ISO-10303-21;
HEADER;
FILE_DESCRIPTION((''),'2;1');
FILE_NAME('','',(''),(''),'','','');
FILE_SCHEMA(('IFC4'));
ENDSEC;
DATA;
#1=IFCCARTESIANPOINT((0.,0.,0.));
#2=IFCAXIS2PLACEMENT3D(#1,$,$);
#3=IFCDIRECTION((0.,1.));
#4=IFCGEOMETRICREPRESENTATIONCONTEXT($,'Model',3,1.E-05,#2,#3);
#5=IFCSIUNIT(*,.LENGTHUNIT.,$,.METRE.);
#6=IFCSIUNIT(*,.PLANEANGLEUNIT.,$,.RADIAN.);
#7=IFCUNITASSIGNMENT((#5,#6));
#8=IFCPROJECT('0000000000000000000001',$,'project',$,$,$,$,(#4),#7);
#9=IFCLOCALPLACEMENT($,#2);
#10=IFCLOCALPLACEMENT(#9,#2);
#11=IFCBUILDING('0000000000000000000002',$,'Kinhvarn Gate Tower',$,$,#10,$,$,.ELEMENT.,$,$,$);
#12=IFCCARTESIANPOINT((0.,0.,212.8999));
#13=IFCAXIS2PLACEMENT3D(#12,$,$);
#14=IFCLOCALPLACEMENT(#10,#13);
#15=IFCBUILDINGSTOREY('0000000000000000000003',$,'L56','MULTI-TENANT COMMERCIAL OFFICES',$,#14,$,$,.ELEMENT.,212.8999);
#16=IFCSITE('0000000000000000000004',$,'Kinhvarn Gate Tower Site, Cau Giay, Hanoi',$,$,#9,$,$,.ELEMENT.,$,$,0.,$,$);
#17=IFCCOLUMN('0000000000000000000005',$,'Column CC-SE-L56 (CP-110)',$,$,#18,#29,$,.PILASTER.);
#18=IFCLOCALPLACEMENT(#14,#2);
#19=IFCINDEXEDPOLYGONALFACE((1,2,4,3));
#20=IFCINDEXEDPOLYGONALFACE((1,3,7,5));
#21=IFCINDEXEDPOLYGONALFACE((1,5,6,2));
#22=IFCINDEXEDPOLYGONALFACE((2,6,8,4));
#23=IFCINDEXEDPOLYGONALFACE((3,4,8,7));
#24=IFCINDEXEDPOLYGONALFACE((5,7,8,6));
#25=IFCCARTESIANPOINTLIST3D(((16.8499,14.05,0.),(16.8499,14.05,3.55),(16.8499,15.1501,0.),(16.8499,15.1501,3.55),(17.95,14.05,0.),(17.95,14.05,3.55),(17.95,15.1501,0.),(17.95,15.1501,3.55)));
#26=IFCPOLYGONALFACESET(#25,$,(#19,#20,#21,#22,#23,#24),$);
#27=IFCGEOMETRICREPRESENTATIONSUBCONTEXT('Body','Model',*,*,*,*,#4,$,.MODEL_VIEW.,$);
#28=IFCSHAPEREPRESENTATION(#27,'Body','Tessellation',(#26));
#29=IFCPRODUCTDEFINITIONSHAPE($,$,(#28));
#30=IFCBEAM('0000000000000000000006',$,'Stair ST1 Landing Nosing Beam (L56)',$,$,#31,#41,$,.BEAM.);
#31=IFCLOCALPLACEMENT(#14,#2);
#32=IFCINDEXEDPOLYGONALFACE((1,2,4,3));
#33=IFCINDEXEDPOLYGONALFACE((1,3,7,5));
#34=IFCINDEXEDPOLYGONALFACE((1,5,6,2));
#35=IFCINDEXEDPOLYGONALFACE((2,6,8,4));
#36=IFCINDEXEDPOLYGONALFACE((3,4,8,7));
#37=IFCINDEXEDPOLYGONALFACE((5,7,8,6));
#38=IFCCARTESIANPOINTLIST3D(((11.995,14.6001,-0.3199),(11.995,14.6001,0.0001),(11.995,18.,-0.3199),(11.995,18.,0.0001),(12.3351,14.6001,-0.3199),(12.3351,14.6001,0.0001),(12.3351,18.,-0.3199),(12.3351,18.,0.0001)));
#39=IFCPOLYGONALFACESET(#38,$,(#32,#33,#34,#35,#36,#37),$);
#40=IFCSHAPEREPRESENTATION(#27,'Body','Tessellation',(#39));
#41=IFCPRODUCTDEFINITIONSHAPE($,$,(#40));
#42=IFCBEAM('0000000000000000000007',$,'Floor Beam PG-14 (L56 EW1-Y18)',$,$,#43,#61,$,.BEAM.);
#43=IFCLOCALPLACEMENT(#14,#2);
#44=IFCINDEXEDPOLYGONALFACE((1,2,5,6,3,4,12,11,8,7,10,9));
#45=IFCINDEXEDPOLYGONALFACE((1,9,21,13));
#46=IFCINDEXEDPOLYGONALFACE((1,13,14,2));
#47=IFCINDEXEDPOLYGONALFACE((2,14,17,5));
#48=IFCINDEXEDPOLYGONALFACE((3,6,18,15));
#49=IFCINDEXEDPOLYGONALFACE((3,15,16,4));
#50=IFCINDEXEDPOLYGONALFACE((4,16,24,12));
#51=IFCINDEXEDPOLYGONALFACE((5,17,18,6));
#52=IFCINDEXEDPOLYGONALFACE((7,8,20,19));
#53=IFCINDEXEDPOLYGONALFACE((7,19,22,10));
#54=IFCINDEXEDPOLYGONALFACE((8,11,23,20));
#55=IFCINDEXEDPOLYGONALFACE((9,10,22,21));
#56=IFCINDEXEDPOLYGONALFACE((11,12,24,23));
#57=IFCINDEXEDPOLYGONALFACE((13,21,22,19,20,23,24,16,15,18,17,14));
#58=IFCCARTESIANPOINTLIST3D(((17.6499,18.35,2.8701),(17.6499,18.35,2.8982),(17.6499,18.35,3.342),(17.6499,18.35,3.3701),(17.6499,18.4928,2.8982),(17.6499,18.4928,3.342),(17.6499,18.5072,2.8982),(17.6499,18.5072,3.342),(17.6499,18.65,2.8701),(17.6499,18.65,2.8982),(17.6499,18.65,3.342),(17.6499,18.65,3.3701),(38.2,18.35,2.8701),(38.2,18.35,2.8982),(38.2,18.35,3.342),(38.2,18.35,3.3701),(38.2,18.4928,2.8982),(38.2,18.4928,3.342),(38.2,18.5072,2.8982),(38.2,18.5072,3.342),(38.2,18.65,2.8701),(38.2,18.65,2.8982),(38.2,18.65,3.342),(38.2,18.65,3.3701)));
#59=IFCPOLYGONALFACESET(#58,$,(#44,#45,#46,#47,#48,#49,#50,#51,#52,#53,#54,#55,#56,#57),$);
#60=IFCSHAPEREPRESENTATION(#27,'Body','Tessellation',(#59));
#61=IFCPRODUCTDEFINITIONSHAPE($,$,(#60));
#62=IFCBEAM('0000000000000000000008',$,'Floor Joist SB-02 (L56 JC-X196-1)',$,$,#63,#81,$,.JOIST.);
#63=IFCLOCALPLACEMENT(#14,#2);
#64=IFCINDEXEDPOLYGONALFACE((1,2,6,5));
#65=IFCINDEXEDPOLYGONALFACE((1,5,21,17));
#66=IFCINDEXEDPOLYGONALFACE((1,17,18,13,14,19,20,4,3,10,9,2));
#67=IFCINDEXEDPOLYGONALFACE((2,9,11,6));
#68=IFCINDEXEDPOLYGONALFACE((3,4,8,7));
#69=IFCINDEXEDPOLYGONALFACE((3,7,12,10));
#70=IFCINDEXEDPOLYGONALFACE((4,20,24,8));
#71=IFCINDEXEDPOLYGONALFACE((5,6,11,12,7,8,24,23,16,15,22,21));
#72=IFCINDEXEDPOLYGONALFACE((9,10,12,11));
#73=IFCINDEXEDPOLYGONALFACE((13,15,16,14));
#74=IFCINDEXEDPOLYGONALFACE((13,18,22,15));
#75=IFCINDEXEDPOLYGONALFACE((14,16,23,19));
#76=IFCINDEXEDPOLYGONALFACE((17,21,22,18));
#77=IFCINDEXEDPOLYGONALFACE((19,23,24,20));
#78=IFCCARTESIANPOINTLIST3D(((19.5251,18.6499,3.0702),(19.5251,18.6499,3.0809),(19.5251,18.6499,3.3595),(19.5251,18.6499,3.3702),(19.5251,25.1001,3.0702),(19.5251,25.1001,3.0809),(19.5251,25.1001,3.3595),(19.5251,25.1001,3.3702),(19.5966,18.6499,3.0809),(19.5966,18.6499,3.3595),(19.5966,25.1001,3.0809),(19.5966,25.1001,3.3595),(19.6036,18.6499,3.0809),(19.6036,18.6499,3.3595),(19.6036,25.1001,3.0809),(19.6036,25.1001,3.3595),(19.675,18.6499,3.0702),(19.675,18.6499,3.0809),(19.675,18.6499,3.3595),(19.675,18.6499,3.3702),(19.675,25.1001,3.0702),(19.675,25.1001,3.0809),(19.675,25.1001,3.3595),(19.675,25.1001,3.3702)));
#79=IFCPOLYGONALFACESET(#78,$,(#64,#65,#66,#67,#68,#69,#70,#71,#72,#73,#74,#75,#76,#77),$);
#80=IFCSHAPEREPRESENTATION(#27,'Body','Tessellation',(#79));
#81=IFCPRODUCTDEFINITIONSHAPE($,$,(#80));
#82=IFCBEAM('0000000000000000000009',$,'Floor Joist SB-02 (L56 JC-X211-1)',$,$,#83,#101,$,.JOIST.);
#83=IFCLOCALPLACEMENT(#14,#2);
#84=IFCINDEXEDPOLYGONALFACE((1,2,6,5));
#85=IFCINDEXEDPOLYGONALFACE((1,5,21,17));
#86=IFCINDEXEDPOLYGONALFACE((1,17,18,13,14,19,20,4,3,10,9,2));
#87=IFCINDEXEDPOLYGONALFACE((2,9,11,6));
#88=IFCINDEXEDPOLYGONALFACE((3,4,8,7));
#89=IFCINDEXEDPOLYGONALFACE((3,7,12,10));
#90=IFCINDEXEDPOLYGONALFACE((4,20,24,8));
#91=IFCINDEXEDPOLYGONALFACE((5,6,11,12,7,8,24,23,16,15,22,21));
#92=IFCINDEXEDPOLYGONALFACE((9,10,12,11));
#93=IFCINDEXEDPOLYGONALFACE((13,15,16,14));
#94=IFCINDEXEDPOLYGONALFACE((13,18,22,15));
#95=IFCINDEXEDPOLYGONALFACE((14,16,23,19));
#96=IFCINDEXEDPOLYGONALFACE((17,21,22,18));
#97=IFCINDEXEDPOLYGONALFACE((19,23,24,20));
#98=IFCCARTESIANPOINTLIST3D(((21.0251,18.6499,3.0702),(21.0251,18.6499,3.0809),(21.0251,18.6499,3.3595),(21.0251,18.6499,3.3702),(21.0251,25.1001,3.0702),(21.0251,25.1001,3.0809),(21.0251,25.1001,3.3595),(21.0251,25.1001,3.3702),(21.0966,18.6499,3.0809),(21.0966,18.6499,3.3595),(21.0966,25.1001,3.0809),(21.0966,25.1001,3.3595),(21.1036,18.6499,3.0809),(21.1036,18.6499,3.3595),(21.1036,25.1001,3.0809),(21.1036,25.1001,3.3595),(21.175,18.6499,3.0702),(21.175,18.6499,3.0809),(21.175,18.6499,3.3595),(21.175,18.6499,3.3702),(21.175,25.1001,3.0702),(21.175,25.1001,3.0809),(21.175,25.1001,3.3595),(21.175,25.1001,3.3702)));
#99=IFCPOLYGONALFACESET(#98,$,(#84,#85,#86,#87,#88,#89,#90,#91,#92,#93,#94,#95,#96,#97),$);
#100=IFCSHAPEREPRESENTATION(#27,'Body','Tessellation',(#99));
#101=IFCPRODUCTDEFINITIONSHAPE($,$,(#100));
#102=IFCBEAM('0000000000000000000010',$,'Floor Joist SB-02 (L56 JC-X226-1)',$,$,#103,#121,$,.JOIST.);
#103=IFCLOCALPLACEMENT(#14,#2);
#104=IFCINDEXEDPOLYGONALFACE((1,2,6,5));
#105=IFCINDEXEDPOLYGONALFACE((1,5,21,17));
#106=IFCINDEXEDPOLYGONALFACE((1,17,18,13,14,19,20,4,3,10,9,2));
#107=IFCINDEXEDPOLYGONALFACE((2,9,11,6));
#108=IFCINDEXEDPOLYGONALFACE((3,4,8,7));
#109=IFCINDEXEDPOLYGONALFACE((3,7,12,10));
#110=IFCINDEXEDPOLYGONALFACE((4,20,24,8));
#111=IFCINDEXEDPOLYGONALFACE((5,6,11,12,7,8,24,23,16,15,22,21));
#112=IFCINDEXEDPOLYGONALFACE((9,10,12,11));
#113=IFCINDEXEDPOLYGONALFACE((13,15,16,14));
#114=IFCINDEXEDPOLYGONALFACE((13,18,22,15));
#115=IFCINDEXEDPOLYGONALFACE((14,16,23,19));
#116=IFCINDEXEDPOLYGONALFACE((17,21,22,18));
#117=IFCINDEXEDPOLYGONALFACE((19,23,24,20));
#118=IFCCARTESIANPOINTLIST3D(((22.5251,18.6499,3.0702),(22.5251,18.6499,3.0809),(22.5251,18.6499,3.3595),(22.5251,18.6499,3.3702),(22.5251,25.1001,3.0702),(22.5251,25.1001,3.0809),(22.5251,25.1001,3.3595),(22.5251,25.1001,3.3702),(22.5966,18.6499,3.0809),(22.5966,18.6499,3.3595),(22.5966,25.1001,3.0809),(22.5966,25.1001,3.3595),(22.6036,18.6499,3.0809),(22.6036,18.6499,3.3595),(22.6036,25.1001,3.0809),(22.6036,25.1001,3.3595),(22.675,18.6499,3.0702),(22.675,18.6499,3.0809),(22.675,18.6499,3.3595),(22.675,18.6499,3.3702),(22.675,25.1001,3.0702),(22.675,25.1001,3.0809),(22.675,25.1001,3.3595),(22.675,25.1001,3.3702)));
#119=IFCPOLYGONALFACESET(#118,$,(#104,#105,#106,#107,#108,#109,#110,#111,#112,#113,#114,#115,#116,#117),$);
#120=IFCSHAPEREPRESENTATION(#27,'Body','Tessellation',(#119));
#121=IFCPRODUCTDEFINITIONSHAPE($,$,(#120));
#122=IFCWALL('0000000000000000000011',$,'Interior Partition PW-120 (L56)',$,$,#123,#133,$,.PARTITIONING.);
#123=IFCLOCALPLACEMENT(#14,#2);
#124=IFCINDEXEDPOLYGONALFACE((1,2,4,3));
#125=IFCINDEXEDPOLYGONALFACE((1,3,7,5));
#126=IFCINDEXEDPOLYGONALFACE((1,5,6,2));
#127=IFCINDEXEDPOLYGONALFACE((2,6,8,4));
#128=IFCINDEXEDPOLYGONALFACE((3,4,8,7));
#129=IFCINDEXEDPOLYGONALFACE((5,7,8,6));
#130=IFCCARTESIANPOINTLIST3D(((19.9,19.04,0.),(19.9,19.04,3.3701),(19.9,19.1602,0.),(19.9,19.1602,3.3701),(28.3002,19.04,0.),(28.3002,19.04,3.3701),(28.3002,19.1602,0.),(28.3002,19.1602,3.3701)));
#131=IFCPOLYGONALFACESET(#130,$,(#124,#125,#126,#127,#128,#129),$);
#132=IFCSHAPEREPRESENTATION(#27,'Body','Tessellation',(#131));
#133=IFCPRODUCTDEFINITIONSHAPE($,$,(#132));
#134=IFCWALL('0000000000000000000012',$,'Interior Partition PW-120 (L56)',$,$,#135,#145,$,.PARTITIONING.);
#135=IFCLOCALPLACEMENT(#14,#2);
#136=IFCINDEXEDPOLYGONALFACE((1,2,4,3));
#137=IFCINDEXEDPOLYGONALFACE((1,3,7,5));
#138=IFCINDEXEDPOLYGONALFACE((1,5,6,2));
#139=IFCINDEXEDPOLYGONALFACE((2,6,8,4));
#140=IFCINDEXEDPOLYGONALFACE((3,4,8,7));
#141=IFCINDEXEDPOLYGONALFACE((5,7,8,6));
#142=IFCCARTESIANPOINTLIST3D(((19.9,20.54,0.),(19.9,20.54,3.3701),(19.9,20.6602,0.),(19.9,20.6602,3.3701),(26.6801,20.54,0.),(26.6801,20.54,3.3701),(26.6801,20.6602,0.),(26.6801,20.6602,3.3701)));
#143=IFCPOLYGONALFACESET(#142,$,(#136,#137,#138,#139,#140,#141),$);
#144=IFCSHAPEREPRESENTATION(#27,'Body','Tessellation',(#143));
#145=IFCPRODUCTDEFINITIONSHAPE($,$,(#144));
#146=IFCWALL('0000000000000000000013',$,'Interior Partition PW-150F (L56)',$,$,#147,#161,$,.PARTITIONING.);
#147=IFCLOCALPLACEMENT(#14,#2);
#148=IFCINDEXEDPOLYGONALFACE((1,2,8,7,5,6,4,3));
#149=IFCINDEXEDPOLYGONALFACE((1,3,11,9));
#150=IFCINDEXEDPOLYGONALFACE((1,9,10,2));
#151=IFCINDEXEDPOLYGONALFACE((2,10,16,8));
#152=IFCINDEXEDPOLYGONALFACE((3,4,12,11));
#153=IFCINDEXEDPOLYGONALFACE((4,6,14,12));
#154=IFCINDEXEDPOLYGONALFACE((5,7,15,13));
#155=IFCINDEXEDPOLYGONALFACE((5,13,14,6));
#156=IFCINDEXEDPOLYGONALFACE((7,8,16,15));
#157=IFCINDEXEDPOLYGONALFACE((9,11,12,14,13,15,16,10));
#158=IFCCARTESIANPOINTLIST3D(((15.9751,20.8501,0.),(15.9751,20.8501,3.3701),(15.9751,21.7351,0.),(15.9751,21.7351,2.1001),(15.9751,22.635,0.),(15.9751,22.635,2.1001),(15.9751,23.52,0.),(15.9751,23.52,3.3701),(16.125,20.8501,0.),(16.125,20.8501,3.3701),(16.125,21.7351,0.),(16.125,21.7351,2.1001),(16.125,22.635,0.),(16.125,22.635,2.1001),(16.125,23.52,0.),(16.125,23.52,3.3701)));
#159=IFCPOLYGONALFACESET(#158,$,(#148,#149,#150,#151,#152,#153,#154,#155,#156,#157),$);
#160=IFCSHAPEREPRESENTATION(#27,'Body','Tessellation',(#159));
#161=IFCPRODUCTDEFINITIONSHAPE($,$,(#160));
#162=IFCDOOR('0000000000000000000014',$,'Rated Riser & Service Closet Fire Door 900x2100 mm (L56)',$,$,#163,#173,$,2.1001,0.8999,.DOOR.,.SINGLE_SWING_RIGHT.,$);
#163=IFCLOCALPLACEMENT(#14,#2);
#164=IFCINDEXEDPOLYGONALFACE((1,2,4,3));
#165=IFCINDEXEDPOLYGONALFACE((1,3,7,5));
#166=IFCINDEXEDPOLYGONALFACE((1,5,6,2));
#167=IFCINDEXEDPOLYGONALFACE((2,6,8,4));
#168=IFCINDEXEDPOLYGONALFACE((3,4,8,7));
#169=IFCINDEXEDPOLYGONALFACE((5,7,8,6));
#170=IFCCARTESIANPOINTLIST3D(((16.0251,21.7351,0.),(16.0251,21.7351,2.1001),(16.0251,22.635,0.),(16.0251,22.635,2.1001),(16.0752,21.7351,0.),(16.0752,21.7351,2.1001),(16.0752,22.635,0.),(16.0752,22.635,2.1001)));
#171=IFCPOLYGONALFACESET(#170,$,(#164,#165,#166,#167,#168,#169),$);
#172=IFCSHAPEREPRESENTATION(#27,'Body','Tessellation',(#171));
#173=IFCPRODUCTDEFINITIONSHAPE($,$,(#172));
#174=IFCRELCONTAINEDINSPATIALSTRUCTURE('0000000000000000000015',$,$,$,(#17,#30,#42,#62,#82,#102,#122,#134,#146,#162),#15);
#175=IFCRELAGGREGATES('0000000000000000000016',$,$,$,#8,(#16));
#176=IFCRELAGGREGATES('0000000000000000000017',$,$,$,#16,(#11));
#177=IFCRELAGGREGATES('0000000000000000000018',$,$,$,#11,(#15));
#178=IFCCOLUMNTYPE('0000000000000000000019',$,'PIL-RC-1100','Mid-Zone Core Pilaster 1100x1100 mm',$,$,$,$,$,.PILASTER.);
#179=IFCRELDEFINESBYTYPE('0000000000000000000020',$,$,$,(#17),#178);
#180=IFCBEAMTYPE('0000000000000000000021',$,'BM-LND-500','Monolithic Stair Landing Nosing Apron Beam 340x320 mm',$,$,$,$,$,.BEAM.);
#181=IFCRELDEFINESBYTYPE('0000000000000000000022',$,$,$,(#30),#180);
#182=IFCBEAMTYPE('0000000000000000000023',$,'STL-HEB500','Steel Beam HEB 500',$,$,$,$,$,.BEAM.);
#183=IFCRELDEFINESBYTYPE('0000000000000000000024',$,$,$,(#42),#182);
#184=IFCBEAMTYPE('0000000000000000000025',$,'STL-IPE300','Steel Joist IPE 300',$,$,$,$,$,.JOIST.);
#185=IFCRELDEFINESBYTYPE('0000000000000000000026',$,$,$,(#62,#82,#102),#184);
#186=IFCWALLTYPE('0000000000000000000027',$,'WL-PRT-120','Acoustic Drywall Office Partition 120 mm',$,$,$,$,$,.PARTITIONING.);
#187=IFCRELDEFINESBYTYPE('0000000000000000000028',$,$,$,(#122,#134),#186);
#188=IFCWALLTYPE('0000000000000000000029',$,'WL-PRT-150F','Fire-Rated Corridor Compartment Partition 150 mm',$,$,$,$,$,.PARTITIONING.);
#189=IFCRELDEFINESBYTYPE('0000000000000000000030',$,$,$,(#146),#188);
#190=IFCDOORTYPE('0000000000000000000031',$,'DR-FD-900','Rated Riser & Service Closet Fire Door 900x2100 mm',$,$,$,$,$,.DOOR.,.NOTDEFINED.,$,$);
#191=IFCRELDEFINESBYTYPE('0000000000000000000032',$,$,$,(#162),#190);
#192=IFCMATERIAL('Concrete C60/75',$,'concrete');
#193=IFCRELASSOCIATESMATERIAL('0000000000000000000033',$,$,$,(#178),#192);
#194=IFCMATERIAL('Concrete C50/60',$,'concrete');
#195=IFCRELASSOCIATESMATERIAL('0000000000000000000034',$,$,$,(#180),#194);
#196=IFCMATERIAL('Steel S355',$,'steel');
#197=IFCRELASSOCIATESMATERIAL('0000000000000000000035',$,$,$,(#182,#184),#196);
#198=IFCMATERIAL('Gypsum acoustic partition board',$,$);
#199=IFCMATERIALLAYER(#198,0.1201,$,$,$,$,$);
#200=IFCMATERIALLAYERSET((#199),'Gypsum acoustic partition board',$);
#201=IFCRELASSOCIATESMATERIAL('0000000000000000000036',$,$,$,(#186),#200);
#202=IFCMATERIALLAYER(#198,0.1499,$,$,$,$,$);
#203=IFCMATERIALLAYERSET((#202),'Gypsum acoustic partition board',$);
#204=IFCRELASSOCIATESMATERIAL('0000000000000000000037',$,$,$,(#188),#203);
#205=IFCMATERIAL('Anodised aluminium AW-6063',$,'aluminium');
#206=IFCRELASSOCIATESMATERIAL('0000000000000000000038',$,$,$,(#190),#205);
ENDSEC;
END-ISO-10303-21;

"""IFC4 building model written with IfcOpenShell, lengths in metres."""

from ifc_helpers import new_model, si_unit, direction, frame, frame_2d, origin, origin_2d, place, context, subcontext, project, spatial, rectangle, i_section, extrude, material, layer, layer_set, material_profile, profile_set, type_object, element, fill, save


model = new_model("IFC4")

# Units and contexts
model_context = context("Model", 3, precision=1e-05, world=origin(), true_north=direction((0.0, 1.0)))
body_context = subcontext(model_context, "Body", "Model", "MODEL_VIEW")
ifc_project = project(units=[si_unit("LENGTHUNIT", "METRE"), si_unit("PLANEANGLEUNIT", "RADIAN")], contexts=[model_context])

# Site, building, storey
site_placement = place(None, origin())
site = spatial("IfcSite", under=ifc_project, at=site_placement, Name="Kinhvarn Gate Tower Site, Cau Giay, Hanoi", CompositionType="ELEMENT", RefElevation=0.0)
building_placement = place(site_placement, origin())
building = spatial("IfcBuilding", under=site, at=building_placement, Name="Kinhvarn Gate Tower", CompositionType="ELEMENT")
storey_placement = place(building_placement, frame((0.0, 0.0, 212.8999)))
storey = spatial("IfcBuildingStorey", under=building, at=storey_placement, Name="L56", Description="MULTI-TENANT COMMERCIAL OFFICES", CompositionType="ELEMENT", Elevation=212.8999)

# Column
ifc_material_1 = material(Name="Concrete C60/75", Category="concrete")
ifc_material_profile_1 = material_profile(ifc_material_1, rectangle(XDim=1.1001, YDim=1.1001, at=origin_2d()), Name="RC 1100x1100")
ifc_profile_set_1 = profile_set([ifc_material_profile_1], Name="Concrete C60/75")
column_type = type_object("IfcColumnType", Name="PIL-RC-1100", Description="Mid-Zone Core Pilaster 1100x1100 mm", PredefinedType="PILASTER", material=ifc_profile_set_1)
column_placement = place(storey_placement, frame((17.3999, 14.6001, 0.0), z_axis=(0.0, 0.0, 1.0), x_axis=(1.0, 0.0, 0.0)))
element("IfcColumn", 1, at=column_placement, inside=storey, type_object=column_type, Name="Column CC-SE-L56 (CP-110)", PredefinedType="PILASTER", context=body_context, shape_type="SweptSolid", body=[
    extrude(rectangle(XDim=1.1001, YDim=1.1001, at=origin_2d()), origin(), (0.0, 0.0, 1.0), 3.55),
])

# Beams
ifc_material_2 = material(Name="Concrete C50/60", Category="concrete")
ifc_material_profile_2 = material_profile(ifc_material_2, rectangle(XDim=0.3401, YDim=0.3201, at=origin_2d()), Name="RC 340x320")
ifc_profile_set_2 = profile_set([ifc_material_profile_2], Name="Concrete C50/60")
beam_type_1 = type_object("IfcBeamType", Name="BM-LND-500", Description="Monolithic Stair Landing Nosing Apron Beam 340x320 mm", PredefinedType="BEAM", material=ifc_profile_set_2)
beam_1_placement = place(storey_placement, frame((12.165, 14.6001, -0.1599), z_axis=(0.0, 1.0, 0.0), x_axis=(-1.0, 0.0, 0.0)))
element("IfcBeam", 2, at=beam_1_placement, inside=storey, type_object=beam_type_1, Name="Stair ST1 Landing Nosing Beam (L56)", PredefinedType="BEAM", context=body_context, shape_type="SweptSolid", body=[
    extrude(rectangle(XDim=0.3401, YDim=0.3201, at=origin_2d()), origin(), (0.0, 0.0, 1.0), 3.3999),
])
ifc_material_3 = material(Name="Steel S355", Category="steel")
ifc_material_profile_3 = material_profile(ifc_material_3, i_section(OverallWidth=0.3, OverallDepth=0.5, WebThickness=0.0144, FlangeThickness=0.0281, at=origin_2d()), Name="HEB 500")
ifc_profile_set_3 = profile_set([ifc_material_profile_3], Name="Steel S355")
beam_type_2 = type_object("IfcBeamType", Name="STL-HEB500", Description="Steel Beam HEB 500", PredefinedType="BEAM", material=ifc_profile_set_3)
beam_2_placement = place(storey_placement, frame((17.6499, 18.5, 3.1201), z_axis=(1.0, 0.0, 0.0), x_axis=(0.0, 1.0, 0.0)))
element("IfcBeam", 3, at=beam_2_placement, inside=storey, type_object=beam_type_2, Name="Floor Beam PG-14 (L56 EW1-Y18)", PredefinedType="BEAM", context=body_context, shape_type="SweptSolid", body=[
    extrude(i_section(OverallWidth=0.3, OverallDepth=0.5, WebThickness=0.0144, FlangeThickness=0.0281, at=origin_2d()), origin(), (0.0, 0.0, 1.0), 20.55),
])
ifc_material_profile_4 = material_profile(ifc_material_3, i_section(OverallWidth=0.1499, OverallDepth=0.3, WebThickness=0.0071, FlangeThickness=0.0107, at=origin_2d()), Name="IPE 300")
ifc_profile_set_4 = profile_set([ifc_material_profile_4], Name="Steel S355")
beam_type_3 = type_object("IfcBeamType", Name="STL-IPE300", Description="Steel Joist IPE 300", PredefinedType="JOIST", material=ifc_profile_set_4)
for number, where, z_axis, x_axis, name in (
    (4, (19.6001, 18.6499, 3.2202), (0.0, 1.0, 0.0), (-1.0, 0.0, 0.0), "Floor Joist SB-02 (L56 JC-X196-1)"),
    (5, (21.1001, 18.6499, 3.2202), (0.0, 1.0, 0.0), (-1.0, 0.0, 0.0), "Floor Joist SB-02 (L56 JC-X211-1)"),
    (6, (22.6001, 18.6499, 3.2202), (0.0, 1.0, 0.0), (-1.0, 0.0, 0.0), "Floor Joist SB-02 (L56 JC-X226-1)"),
):
    element("IfcBeam", number, at=place(storey_placement, frame(where, z_axis=z_axis, x_axis=x_axis)), inside=storey, type_object=beam_type_3, Name=name, PredefinedType="JOIST", context=body_context, shape_type="SweptSolid", body=[
        extrude(i_section(OverallWidth=0.1499, OverallDepth=0.3, WebThickness=0.0071, FlangeThickness=0.0107, at=origin_2d()), origin(), (0.0, 0.0, 1.0), 6.4502),
    ])

# Shared definitions
ifc_material_4 = material(Name="Anodised aluminium AW-6063", Category="aluminium")

# Walls
ifc_material_5 = material(Name="Gypsum acoustic partition board")
ifc_layer_1 = layer(ifc_material_5, 0.1201)
ifc_layer_set_1 = layer_set([ifc_layer_1], Name="Gypsum acoustic partition board")
wall_type_1 = type_object("IfcWallType", Name="WL-PRT-120", Description="Acoustic Drywall Office Partition 120 mm", PredefinedType="PARTITIONING", material=ifc_layer_set_1)
wall_1_placement = place(storey_placement, frame((19.8999, 19.1001, 0.0), z_axis=(0.0, 0.0, 1.0), x_axis=(1.0, 0.0, 0.0)))
element("IfcWall", 7, at=wall_1_placement, inside=storey, type_object=wall_type_1, Name="Interior Partition PW-120 (L56)", PredefinedType="PARTITIONING", context=body_context, shape_type="SweptSolid", body=[
    extrude(rectangle(XDim=8.4001, YDim=0.1201, at=frame_2d((4.2002, 0.0))), origin(), (0.0, 0.0, 1.0), 3.3701),
])
wall_2_placement = place(storey_placement, frame((19.8999, 20.6001, 0.0), z_axis=(0.0, 0.0, 1.0), x_axis=(1.0, 0.0, 0.0)))
element("IfcWall", 8, at=wall_2_placement, inside=storey, type_object=wall_type_1, Name="Interior Partition PW-120 (L56)", PredefinedType="PARTITIONING", context=body_context, shape_type="SweptSolid", body=[
    extrude(rectangle(XDim=6.78, YDim=0.1201, at=frame_2d((3.3901, 0.0))), origin(), (0.0, 0.0, 1.0), 3.3701),
])

# Wall, opening, door
ifc_layer_2 = layer(ifc_material_5, 0.1499)
ifc_layer_set_2 = layer_set([ifc_layer_2], Name="Gypsum acoustic partition board")
wall_type_2 = type_object("IfcWallType", Name="WL-PRT-150F", Description="Fire-Rated Corridor Compartment Partition 150 mm", PredefinedType="PARTITIONING", material=ifc_layer_set_2)
wall_3_placement = place(storey_placement, frame((16.05, 20.8501, 0.0), z_axis=(0.0, 0.0, 1.0), x_axis=(0.0, 1.0, 0.0)))
wall_3 = element("IfcWall", 9, at=wall_3_placement, inside=storey, type_object=wall_type_2, Name="Interior Partition PW-150F (L56)", PredefinedType="PARTITIONING", context=body_context, shape_type="SweptSolid", body=[
    extrude(rectangle(XDim=2.6699, YDim=0.1499, at=frame_2d((1.335, 0.0))), origin(), (0.0, 0.0, 1.0), 3.3701),
])
opening_1_placement = place(wall_3_placement, frame((0.885, 0.0, 0.0)))
opening_1 = element("IfcOpeningElement", 10, at=opening_1_placement, cuts=wall_3, PredefinedType="OPENING", context=body_context, shape_type="SweptSolid", body=[
    extrude(rectangle(XDim=0.8999, YDim=2.1001, at=frame_2d((0.45, 1.05))), frame((0.0, 0.085, 0.0), z_axis=(0.0, -1.0, 0.0), x_axis=(1.0, 0.0, 0.0)), (0.0, 0.0, 1.0), 0.1699),
])
door_type_1 = type_object("IfcDoorType", Name="DR-FD-900", Description="Rated Riser & Service Closet Fire Door 900x2100 mm", OperationType="NOTDEFINED", PredefinedType="DOOR", material=ifc_material_4)
door_1_placement = place(opening_1_placement, origin())
door_1 = element("IfcDoor", 11, at=door_1_placement, inside=storey, type_object=door_type_1, Name="Rated Riser & Service Closet Fire Door 900x2100 mm (L56)", OperationType="SINGLE_SWING_RIGHT", OverallHeight=2.1001, OverallWidth=0.8999, PredefinedType="DOOR", context=body_context, shape_type="SweptSolid", body=[
    extrude(rectangle(XDim=0.8999, YDim=2.1001, at=frame_2d((0.45, 1.05))), frame((0.0, 0.0249, 0.0), z_axis=(0.0, -1.0, 0.0), x_axis=(1.0, 0.0, 0.0)), (0.0, 0.0, 1.0), 0.05),
])
fill(opening_1, door_1)

save(model, "model.ifc")
